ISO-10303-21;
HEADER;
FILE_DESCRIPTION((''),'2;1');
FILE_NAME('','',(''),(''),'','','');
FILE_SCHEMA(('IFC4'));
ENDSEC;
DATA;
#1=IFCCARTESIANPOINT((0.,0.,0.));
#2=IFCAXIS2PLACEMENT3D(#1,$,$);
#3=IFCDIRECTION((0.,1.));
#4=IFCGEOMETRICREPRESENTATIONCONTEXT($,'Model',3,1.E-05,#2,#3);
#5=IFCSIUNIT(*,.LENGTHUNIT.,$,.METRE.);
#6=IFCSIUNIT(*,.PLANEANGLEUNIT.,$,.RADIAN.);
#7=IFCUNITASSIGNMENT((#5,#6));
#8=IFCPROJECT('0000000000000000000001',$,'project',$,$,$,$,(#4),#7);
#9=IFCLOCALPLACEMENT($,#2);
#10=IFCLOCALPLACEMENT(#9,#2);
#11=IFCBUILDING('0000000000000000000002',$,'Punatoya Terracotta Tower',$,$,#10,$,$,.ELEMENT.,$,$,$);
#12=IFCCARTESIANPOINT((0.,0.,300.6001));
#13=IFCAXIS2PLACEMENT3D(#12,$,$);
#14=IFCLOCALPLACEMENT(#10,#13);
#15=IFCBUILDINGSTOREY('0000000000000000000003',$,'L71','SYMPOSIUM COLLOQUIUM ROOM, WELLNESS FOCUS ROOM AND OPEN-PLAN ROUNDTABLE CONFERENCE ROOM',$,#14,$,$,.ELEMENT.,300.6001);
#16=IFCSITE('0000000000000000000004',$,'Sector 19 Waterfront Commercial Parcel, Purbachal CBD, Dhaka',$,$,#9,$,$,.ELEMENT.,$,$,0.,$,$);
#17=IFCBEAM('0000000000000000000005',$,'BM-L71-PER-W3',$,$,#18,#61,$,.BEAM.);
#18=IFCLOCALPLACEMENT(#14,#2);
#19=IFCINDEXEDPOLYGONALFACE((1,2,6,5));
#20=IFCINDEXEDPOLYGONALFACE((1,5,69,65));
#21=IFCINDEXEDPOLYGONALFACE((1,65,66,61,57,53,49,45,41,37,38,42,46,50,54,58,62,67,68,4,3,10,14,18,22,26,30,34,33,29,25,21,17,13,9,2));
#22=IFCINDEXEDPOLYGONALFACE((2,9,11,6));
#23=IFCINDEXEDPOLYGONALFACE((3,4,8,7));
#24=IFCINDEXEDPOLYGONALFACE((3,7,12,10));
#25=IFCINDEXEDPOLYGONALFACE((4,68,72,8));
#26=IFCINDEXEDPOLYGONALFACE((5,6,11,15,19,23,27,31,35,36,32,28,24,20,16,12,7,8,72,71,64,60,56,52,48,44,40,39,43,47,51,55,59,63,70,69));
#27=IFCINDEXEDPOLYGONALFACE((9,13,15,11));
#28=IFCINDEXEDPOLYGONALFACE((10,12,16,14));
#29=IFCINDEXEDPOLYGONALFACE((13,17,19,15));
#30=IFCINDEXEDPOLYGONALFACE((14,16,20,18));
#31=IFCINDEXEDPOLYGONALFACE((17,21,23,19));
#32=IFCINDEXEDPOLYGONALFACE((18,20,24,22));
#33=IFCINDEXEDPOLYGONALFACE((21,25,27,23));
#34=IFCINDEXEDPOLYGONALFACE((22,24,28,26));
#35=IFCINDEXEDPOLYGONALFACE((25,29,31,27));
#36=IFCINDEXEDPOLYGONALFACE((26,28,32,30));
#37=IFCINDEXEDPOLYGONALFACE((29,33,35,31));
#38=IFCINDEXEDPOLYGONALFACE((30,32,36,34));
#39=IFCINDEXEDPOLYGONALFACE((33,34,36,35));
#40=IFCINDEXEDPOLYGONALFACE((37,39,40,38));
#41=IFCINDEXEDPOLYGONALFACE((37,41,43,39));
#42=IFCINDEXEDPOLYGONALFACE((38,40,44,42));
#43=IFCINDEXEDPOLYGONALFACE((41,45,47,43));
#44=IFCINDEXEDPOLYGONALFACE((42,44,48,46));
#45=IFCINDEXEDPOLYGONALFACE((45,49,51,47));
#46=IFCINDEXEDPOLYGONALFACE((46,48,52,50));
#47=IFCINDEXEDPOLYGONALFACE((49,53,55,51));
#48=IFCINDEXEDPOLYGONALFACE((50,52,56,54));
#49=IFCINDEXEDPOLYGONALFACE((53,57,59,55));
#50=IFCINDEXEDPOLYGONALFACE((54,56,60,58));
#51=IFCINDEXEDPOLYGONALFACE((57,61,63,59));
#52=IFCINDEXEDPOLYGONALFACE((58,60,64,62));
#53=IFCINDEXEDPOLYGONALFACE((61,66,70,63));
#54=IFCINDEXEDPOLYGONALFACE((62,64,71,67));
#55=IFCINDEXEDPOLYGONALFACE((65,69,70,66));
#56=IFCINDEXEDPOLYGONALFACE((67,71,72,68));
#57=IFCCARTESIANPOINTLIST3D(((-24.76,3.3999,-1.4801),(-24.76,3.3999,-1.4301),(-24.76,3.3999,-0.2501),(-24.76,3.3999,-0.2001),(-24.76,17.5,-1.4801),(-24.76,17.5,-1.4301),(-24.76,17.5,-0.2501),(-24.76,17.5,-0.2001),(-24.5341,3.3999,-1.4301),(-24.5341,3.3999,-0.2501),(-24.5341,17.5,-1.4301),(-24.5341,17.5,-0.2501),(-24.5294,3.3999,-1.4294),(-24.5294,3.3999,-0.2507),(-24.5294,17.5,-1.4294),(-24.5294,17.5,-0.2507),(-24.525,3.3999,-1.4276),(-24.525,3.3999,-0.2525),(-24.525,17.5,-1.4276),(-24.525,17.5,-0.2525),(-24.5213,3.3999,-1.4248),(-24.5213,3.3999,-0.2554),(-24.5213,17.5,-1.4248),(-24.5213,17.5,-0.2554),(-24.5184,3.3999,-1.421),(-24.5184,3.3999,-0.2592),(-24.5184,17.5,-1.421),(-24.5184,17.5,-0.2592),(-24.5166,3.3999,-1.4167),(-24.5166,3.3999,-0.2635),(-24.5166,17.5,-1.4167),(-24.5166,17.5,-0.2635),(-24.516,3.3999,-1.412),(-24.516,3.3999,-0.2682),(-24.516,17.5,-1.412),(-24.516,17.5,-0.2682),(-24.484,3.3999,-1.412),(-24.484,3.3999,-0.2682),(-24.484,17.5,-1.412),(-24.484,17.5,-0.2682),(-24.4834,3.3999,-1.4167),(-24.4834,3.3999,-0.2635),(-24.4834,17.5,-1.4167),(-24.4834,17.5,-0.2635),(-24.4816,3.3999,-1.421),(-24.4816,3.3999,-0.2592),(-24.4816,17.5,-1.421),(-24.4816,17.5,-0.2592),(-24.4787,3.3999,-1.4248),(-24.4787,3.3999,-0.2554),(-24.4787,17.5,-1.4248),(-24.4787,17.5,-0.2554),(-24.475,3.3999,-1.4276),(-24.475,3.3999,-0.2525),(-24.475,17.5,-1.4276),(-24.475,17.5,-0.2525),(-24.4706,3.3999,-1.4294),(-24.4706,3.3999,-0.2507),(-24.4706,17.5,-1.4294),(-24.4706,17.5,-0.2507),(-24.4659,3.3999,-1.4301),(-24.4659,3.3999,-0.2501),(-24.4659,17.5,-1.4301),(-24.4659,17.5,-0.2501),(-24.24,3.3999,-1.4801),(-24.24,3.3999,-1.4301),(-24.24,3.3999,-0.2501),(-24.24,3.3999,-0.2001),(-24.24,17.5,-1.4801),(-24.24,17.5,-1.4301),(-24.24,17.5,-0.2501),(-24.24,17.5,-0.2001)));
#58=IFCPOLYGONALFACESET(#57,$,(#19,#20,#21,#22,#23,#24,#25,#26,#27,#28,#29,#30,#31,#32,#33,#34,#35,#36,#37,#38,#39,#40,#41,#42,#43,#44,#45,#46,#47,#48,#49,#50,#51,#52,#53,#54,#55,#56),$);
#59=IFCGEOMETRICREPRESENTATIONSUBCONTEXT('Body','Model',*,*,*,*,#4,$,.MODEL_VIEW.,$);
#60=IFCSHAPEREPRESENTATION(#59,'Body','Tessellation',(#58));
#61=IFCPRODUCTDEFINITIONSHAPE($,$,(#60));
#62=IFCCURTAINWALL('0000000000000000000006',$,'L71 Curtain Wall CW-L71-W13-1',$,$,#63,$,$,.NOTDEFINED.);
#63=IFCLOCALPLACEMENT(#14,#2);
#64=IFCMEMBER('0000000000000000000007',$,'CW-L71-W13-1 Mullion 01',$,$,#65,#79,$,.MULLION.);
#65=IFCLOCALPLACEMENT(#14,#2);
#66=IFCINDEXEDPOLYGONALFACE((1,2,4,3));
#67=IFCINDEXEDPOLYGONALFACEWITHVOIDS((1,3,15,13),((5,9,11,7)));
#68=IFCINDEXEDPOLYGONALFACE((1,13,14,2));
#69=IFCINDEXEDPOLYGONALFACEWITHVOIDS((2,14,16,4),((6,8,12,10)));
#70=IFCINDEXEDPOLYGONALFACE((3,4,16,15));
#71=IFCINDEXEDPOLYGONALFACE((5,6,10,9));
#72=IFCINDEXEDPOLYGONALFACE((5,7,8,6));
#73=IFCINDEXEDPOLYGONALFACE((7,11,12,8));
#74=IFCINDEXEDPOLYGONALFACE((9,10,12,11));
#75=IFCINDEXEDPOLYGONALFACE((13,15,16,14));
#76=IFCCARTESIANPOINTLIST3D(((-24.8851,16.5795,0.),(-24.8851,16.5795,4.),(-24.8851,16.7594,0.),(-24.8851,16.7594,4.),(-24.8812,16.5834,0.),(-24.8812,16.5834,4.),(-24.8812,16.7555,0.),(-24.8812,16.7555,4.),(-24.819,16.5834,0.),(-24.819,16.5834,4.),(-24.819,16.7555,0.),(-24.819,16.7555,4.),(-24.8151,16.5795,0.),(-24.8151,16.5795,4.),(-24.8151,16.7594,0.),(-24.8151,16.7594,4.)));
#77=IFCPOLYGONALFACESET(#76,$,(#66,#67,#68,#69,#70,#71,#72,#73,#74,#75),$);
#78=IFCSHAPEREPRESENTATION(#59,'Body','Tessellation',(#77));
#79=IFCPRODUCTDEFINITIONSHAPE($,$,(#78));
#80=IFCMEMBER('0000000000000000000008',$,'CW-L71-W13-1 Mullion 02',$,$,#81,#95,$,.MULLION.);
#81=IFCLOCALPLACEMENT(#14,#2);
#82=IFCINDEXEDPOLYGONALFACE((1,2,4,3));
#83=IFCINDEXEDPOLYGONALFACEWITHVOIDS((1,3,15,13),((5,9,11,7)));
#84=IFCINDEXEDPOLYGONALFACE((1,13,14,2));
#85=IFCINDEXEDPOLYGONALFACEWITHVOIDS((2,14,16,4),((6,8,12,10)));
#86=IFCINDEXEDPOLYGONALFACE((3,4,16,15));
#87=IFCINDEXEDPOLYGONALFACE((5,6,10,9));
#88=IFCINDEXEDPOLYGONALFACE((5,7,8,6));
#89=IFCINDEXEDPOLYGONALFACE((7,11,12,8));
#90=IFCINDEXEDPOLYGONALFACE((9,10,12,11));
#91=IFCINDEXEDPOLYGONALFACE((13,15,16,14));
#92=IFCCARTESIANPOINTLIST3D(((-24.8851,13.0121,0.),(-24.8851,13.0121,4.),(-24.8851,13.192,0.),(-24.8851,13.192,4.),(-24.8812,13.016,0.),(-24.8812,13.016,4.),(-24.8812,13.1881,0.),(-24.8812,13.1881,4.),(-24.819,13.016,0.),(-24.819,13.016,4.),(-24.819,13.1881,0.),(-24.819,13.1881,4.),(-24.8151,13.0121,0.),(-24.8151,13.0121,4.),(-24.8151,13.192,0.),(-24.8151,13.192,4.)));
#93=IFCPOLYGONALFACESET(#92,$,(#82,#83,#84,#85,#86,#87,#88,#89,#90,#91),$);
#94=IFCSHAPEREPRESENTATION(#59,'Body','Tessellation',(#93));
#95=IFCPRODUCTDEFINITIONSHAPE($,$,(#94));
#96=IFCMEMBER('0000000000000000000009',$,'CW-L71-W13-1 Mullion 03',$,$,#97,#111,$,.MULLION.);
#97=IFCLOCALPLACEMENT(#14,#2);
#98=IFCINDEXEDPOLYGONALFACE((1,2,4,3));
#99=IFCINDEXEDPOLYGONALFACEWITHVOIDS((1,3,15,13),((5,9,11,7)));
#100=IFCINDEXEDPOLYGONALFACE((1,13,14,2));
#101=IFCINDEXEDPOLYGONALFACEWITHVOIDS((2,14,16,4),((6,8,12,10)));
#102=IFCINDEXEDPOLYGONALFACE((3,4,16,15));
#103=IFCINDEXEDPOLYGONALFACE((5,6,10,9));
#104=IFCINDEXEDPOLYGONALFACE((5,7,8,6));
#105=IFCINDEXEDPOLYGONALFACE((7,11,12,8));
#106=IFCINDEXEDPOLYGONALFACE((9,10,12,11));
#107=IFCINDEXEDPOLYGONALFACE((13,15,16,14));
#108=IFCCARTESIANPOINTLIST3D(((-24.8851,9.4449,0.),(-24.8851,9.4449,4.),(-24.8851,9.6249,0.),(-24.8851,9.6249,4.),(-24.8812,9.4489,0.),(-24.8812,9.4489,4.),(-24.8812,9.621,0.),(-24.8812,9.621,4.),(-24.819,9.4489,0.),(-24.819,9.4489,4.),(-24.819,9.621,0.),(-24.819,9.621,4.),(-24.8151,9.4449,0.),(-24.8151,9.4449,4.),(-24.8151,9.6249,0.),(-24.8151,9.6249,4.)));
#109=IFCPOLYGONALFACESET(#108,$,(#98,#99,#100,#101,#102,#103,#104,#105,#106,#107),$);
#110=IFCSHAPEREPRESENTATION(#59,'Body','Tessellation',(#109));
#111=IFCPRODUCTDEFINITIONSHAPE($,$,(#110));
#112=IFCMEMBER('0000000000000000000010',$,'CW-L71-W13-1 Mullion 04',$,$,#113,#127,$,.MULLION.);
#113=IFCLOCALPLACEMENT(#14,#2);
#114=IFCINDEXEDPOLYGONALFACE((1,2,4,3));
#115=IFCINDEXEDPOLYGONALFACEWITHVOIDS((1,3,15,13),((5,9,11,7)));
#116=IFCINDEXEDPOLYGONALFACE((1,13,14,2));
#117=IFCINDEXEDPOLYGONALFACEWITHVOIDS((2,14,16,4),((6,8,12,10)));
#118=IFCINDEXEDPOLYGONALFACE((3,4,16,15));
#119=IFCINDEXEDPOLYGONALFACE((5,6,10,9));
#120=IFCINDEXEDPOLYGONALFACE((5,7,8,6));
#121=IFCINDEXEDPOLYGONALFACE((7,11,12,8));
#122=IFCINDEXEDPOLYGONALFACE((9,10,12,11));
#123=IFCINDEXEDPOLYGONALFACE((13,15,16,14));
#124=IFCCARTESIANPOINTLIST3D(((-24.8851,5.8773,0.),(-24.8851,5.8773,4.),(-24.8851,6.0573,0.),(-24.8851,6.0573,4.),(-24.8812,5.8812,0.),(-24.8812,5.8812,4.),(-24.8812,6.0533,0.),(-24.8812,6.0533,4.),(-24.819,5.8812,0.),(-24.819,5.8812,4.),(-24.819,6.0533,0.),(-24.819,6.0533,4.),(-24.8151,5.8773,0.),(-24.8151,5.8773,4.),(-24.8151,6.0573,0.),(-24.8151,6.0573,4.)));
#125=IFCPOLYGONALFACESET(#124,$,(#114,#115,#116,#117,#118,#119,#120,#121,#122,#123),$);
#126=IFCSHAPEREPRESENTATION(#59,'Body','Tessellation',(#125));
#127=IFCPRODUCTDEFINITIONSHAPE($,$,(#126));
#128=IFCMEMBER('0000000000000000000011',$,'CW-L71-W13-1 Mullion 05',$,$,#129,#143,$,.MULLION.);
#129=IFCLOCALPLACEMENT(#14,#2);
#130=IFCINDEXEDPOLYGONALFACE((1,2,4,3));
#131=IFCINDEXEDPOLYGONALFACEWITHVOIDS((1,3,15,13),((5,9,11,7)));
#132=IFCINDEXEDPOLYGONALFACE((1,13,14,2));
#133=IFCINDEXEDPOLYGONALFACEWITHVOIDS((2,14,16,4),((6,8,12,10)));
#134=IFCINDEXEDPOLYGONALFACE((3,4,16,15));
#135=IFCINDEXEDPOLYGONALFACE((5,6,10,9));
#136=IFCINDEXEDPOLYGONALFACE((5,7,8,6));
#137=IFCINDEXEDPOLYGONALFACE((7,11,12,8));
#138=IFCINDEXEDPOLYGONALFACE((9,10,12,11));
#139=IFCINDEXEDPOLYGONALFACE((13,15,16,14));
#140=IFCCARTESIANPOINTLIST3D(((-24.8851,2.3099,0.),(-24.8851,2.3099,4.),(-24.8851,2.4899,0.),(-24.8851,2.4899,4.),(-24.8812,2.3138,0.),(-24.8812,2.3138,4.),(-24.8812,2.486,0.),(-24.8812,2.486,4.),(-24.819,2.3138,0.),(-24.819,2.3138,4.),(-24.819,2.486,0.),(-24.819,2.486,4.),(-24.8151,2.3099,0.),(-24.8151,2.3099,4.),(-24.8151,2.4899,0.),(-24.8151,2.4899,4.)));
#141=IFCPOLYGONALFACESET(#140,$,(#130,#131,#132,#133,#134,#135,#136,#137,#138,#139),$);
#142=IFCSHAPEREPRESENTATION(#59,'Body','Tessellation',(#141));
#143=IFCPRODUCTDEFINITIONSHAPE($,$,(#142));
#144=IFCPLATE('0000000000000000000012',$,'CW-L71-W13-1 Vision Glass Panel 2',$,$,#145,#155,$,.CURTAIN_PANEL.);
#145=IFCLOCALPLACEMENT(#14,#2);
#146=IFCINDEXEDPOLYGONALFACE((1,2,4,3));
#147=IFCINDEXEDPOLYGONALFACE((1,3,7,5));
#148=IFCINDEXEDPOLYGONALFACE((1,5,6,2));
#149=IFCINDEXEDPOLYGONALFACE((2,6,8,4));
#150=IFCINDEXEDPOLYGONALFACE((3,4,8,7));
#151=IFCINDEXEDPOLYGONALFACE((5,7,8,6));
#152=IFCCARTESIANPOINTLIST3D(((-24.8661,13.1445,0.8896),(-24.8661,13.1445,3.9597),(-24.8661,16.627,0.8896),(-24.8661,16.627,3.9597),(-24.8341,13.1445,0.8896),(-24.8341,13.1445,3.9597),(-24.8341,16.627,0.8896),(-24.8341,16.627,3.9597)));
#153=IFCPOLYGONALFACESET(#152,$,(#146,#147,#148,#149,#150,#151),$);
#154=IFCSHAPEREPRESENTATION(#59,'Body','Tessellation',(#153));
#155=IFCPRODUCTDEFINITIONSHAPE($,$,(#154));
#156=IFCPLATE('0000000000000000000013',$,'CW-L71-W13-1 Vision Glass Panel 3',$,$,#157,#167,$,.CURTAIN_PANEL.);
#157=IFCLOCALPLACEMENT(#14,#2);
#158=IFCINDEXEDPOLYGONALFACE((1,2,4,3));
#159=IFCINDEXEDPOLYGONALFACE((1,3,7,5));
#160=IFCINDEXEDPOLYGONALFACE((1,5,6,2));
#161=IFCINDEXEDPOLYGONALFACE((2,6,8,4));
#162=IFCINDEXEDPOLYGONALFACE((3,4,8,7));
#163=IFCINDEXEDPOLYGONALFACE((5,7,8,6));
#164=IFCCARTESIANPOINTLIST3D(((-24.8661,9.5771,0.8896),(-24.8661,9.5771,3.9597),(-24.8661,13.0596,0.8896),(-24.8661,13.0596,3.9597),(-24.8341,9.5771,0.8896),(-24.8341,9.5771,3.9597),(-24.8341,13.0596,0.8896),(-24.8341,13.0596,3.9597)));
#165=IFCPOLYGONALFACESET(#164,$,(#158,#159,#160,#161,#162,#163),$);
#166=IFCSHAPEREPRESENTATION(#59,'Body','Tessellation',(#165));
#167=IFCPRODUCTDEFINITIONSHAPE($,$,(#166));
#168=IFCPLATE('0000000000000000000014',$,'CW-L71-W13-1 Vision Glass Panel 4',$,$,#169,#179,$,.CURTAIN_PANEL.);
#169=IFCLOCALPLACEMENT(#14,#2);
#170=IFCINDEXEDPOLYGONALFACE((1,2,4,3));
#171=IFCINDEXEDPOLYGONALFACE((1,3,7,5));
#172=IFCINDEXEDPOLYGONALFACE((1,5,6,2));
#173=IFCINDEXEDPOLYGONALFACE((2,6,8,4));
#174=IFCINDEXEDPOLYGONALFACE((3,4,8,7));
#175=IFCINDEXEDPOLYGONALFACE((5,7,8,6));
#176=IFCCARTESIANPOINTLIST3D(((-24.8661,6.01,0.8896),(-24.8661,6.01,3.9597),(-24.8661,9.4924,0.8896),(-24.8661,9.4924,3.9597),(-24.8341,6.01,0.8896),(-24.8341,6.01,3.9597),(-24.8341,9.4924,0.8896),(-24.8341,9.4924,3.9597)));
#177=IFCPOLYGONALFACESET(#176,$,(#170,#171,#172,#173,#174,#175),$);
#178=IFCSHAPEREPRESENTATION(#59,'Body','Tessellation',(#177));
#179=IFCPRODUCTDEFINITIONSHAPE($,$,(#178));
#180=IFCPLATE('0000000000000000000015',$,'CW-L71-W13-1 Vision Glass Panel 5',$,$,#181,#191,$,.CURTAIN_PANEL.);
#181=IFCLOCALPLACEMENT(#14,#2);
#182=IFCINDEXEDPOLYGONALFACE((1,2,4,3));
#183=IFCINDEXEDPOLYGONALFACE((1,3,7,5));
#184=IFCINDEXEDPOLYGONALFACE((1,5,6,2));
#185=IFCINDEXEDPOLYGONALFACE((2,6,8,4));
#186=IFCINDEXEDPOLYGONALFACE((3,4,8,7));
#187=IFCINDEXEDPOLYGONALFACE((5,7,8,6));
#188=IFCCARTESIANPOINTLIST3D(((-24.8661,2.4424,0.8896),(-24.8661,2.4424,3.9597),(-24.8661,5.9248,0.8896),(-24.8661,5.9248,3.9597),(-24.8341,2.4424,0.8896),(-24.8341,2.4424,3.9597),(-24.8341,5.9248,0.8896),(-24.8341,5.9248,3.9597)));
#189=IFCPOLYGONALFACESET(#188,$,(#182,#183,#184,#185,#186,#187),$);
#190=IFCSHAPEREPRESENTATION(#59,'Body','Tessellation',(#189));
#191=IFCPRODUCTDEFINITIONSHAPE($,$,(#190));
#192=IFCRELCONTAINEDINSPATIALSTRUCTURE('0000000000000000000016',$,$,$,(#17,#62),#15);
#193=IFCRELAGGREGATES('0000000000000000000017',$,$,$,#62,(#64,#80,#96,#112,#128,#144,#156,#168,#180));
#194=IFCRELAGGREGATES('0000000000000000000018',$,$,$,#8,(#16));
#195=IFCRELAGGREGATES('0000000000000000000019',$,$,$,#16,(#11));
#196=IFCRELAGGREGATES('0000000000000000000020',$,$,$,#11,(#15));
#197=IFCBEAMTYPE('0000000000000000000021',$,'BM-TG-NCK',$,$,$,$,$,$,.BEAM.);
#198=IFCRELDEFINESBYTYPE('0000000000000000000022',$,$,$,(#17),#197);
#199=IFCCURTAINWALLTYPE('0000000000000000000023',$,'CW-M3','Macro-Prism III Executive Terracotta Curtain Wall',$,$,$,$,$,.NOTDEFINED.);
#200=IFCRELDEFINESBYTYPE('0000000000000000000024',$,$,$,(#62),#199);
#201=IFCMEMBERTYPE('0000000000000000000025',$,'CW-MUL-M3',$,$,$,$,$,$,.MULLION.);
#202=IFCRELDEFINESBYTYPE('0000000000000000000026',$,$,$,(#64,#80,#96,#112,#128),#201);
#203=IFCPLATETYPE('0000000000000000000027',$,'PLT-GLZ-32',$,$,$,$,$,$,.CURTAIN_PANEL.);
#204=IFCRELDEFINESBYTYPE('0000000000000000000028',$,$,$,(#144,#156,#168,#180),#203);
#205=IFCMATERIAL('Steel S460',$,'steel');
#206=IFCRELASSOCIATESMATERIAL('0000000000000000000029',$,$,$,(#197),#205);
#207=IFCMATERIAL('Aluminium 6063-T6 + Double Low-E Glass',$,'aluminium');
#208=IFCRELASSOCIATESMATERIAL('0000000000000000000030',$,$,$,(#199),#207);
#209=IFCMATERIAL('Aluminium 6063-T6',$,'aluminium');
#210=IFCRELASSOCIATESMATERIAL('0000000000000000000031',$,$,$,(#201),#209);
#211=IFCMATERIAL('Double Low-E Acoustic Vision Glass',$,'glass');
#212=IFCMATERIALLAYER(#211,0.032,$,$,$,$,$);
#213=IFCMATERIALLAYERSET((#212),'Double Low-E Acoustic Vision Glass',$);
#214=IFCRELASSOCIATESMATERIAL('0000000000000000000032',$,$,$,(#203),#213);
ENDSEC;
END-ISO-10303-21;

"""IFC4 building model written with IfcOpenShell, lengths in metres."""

from ifc_helpers import new_model, si_unit, direction, frame, origin, origin_2d, place, context, subcontext, project, spatial, rectangle, hollow_rectangle, i_section, extrude, material, layer, layer_set, material_profile, profile_set, type_object, element, aggregate, save


model = new_model("IFC4")

# Units and contexts
model_context = context("Model", 3, precision=1e-05, world=origin(), true_north=direction((0.0, 1.0)))
body_context = subcontext(model_context, "Body", "Model", "MODEL_VIEW")
ifc_project = project(units=[si_unit("LENGTHUNIT", "METRE"), si_unit("PLANEANGLEUNIT", "RADIAN")], contexts=[model_context])

# Site, building, storey
site_placement = place(None, origin())
site = spatial("IfcSite", under=ifc_project, at=site_placement, Name="Sector 19 Waterfront Commercial Parcel, Purbachal CBD, Dhaka", CompositionType="ELEMENT", RefElevation=0.0)
building_placement = place(site_placement, origin())
building = spatial("IfcBuilding", under=site, at=building_placement, Name="Punatoya Terracotta Tower", CompositionType="ELEMENT")
storey_placement = place(building_placement, frame((0.0, 0.0, 300.6001)))
storey = spatial("IfcBuildingStorey", under=building, at=storey_placement, Name="L71", Description="SYMPOSIUM COLLOQUIUM ROOM, WELLNESS FOCUS ROOM AND OPEN-PLAN ROUNDTABLE CONFERENCE ROOM", CompositionType="ELEMENT", Elevation=300.6001)

# Shared definitions
ifc_material_1 = material(Name="Steel S460", Category="steel")

# Beam
ifc_material_profile_1 = material_profile(ifc_material_1, i_section(OverallWidth=0.52, OverallDepth=1.28, WebThickness=0.032, FlangeThickness=0.05, FilletRadius=0.0181, at=origin_2d()))
ifc_profile_set_1 = profile_set([ifc_material_profile_1], Name="Steel S460")
beam_type_1 = type_object("IfcBeamType", Name="BM-TG-NCK", PredefinedType="BEAM", material=ifc_profile_set_1)
beam_1_placement = place(storey_placement, frame((-24.5, 3.3999, -0.8401), z_axis=(0.0, 1.0, 0.0), x_axis=(-1.0, 0.0, 0.0)))
element("IfcBeam", 1, at=beam_1_placement, inside=storey, type_object=beam_type_1, Name="BM-L71-PER-W3", PredefinedType="BEAM", context=body_context, shape_type="SweptSolid", body=[
    extrude(i_section(OverallWidth=0.52, OverallDepth=1.28, WebThickness=0.032, FlangeThickness=0.05, FilletRadius=0.0181, at=origin_2d()), origin(), (0.0, 0.0, 1.0), 14.1001),
])

# Curtain wall, members, plates
ifc_material_2 = material(Name="Aluminium 6063-T6 + Double Low-E Glass", Category="aluminium")
curtain_wall_type = type_object("IfcCurtainWallType", Name="CW-M3", Description="Macro-Prism III Executive Terracotta Curtain Wall", PredefinedType="NOTDEFINED", material=ifc_material_2)
curtain_wall_placement = place(storey_placement, origin())
curtain_wall = element("IfcCurtainWall", 2, at=curtain_wall_placement, inside=storey, type_object=curtain_wall_type, Name="L71 Curtain Wall CW-L71-W13-1", PredefinedType="NOTDEFINED")
ifc_material_3 = material(Name="Aluminium 6063-T6", Category="aluminium")
ifc_material_profile_2 = material_profile(ifc_material_3, hollow_rectangle(XDim=0.0701, YDim=0.1799, WallThickness=0.0039, at=origin_2d()))
ifc_profile_set_2 = profile_set([ifc_material_profile_2], Name="Aluminium 6063-T6")
member_type = type_object("IfcMemberType", Name="CW-MUL-M3", PredefinedType="MULLION", material=ifc_profile_set_2)
member_1_placement = place(storey_placement, frame((-24.8501, 16.6694, 0.0), z_axis=(0.0, 0.0, 1.0), x_axis=(1.0, 0.0, 0.0)))
member_1 = element("IfcMember", 3, at=member_1_placement, type_object=member_type, Name="CW-L71-W13-1 Mullion 01", PredefinedType="MULLION", context=body_context, shape_type="SweptSolid", body=[
    extrude(hollow_rectangle(XDim=0.0701, YDim=0.1799, WallThickness=0.0039, at=origin_2d()), origin(), (0.0, 0.0, 1.0), 4.0),
])
member_2_placement = place(storey_placement, frame((-24.8501, 13.1021, 0.0), z_axis=(0.0, 0.0, 1.0), x_axis=(1.0, 0.0, 0.0)))
member_2 = element("IfcMember", 4, at=member_2_placement, type_object=member_type, Name="CW-L71-W13-1 Mullion 02", PredefinedType="MULLION", context=body_context, shape_type="SweptSolid", body=[
    extrude(hollow_rectangle(XDim=0.0701, YDim=0.1799, WallThickness=0.0039, at=origin_2d()), origin(), (0.0, 0.0, 1.0), 4.0),
])
member_3_placement = place(storey_placement, frame((-24.8501, 9.5349, 0.0), z_axis=(0.0, 0.0, 1.0), x_axis=(1.0, 0.0, 0.0)))
member_3 = element("IfcMember", 5, at=member_3_placement, type_object=member_type, Name="CW-L71-W13-1 Mullion 03", PredefinedType="MULLION", context=body_context, shape_type="SweptSolid", body=[
    extrude(hollow_rectangle(XDim=0.0701, YDim=0.1799, WallThickness=0.0039, at=origin_2d()), origin(), (0.0, 0.0, 1.0), 4.0),
])
member_4_placement = place(storey_placement, frame((-24.8501, 5.9673, 0.0), z_axis=(0.0, 0.0, 1.0), x_axis=(1.0, 0.0, 0.0)))
member_4 = element("IfcMember", 6, at=member_4_placement, type_object=member_type, Name="CW-L71-W13-1 Mullion 04", PredefinedType="MULLION", context=body_context, shape_type="SweptSolid", body=[
    extrude(hollow_rectangle(XDim=0.0701, YDim=0.1799, WallThickness=0.0039, at=origin_2d()), origin(), (0.0, 0.0, 1.0), 4.0),
])
member_5_placement = place(storey_placement, frame((-24.8501, 2.3999, 0.0), z_axis=(0.0, 0.0, 1.0), x_axis=(1.0, 0.0, 0.0)))
member_5 = element("IfcMember", 7, at=member_5_placement, type_object=member_type, Name="CW-L71-W13-1 Mullion 05", PredefinedType="MULLION", context=body_context, shape_type="SweptSolid", body=[
    extrude(hollow_rectangle(XDim=0.0701, YDim=0.1799, WallThickness=0.0039, at=origin_2d()), origin(), (0.0, 0.0, 1.0), 4.0),
])
ifc_material_4 = material(Name="Double Low-E Acoustic Vision Glass", Category="glass")
ifc_layer_1 = layer(ifc_material_4, 0.032)
ifc_layer_set_1 = layer_set([ifc_layer_1], Name="Double Low-E Acoustic Vision Glass")
plate_type_1 = type_object("IfcPlateType", Name="PLT-GLZ-32", PredefinedType="CURTAIN_PANEL", material=ifc_layer_set_1)
plate_1_placement = place(storey_placement, frame((-24.8501, 14.8857, 0.8896), z_axis=(0.0, 0.0, 1.0), x_axis=(0.0, -1.0, 0.0)))
plate_1 = element("IfcPlate", 8, at=plate_1_placement, type_object=plate_type_1, Name="CW-L71-W13-1 Vision Glass Panel 2", PredefinedType="CURTAIN_PANEL", context=body_context, shape_type="SweptSolid", body=[
    extrude(rectangle(XDim=3.4824, YDim=0.032, at=origin_2d()), origin(), (0.0, 0.0, 1.0), 3.0701),
])
plate_2_placement = place(storey_placement, frame((-24.8501, 11.3184, 0.8896), z_axis=(0.0, 0.0, 1.0), x_axis=(0.0, -1.0, 0.0)))
plate_2 = element("IfcPlate", 9, at=plate_2_placement, type_object=plate_type_1, Name="CW-L71-W13-1 Vision Glass Panel 3", PredefinedType="CURTAIN_PANEL", context=body_context, shape_type="SweptSolid", body=[
    extrude(rectangle(XDim=3.4824, YDim=0.032, at=origin_2d()), origin(), (0.0, 0.0, 1.0), 3.0701),
])
plate_3_placement = place(storey_placement, frame((-24.8501, 7.7512, 0.8896), z_axis=(0.0, 0.0, 1.0), x_axis=(0.0, -1.0, 0.0)))
plate_3 = element("IfcPlate", 10, at=plate_3_placement, type_object=plate_type_1, Name="CW-L71-W13-1 Vision Glass Panel 4", PredefinedType="CURTAIN_PANEL", context=body_context, shape_type="SweptSolid", body=[
    extrude(rectangle(XDim=3.4824, YDim=0.032, at=origin_2d()), origin(), (0.0, 0.0, 1.0), 3.0701),
])
plate_4_placement = place(storey_placement, frame((-24.8501, 4.1836, 0.8896), z_axis=(0.0, 0.0, 1.0), x_axis=(0.0, -1.0, 0.0)))
plate_4 = element("IfcPlate", 11, at=plate_4_placement, type_object=plate_type_1, Name="CW-L71-W13-1 Vision Glass Panel 5", PredefinedType="CURTAIN_PANEL", context=body_context, shape_type="SweptSolid", body=[
    extrude(rectangle(XDim=3.4824, YDim=0.032, at=origin_2d()), origin(), (0.0, 0.0, 1.0), 3.0701),
])
aggregate(curtain_wall, [member_1, member_2, member_3, member_4, member_5, plate_1, plate_2, plate_3, plate_4])

save(model, "model.ifc")
